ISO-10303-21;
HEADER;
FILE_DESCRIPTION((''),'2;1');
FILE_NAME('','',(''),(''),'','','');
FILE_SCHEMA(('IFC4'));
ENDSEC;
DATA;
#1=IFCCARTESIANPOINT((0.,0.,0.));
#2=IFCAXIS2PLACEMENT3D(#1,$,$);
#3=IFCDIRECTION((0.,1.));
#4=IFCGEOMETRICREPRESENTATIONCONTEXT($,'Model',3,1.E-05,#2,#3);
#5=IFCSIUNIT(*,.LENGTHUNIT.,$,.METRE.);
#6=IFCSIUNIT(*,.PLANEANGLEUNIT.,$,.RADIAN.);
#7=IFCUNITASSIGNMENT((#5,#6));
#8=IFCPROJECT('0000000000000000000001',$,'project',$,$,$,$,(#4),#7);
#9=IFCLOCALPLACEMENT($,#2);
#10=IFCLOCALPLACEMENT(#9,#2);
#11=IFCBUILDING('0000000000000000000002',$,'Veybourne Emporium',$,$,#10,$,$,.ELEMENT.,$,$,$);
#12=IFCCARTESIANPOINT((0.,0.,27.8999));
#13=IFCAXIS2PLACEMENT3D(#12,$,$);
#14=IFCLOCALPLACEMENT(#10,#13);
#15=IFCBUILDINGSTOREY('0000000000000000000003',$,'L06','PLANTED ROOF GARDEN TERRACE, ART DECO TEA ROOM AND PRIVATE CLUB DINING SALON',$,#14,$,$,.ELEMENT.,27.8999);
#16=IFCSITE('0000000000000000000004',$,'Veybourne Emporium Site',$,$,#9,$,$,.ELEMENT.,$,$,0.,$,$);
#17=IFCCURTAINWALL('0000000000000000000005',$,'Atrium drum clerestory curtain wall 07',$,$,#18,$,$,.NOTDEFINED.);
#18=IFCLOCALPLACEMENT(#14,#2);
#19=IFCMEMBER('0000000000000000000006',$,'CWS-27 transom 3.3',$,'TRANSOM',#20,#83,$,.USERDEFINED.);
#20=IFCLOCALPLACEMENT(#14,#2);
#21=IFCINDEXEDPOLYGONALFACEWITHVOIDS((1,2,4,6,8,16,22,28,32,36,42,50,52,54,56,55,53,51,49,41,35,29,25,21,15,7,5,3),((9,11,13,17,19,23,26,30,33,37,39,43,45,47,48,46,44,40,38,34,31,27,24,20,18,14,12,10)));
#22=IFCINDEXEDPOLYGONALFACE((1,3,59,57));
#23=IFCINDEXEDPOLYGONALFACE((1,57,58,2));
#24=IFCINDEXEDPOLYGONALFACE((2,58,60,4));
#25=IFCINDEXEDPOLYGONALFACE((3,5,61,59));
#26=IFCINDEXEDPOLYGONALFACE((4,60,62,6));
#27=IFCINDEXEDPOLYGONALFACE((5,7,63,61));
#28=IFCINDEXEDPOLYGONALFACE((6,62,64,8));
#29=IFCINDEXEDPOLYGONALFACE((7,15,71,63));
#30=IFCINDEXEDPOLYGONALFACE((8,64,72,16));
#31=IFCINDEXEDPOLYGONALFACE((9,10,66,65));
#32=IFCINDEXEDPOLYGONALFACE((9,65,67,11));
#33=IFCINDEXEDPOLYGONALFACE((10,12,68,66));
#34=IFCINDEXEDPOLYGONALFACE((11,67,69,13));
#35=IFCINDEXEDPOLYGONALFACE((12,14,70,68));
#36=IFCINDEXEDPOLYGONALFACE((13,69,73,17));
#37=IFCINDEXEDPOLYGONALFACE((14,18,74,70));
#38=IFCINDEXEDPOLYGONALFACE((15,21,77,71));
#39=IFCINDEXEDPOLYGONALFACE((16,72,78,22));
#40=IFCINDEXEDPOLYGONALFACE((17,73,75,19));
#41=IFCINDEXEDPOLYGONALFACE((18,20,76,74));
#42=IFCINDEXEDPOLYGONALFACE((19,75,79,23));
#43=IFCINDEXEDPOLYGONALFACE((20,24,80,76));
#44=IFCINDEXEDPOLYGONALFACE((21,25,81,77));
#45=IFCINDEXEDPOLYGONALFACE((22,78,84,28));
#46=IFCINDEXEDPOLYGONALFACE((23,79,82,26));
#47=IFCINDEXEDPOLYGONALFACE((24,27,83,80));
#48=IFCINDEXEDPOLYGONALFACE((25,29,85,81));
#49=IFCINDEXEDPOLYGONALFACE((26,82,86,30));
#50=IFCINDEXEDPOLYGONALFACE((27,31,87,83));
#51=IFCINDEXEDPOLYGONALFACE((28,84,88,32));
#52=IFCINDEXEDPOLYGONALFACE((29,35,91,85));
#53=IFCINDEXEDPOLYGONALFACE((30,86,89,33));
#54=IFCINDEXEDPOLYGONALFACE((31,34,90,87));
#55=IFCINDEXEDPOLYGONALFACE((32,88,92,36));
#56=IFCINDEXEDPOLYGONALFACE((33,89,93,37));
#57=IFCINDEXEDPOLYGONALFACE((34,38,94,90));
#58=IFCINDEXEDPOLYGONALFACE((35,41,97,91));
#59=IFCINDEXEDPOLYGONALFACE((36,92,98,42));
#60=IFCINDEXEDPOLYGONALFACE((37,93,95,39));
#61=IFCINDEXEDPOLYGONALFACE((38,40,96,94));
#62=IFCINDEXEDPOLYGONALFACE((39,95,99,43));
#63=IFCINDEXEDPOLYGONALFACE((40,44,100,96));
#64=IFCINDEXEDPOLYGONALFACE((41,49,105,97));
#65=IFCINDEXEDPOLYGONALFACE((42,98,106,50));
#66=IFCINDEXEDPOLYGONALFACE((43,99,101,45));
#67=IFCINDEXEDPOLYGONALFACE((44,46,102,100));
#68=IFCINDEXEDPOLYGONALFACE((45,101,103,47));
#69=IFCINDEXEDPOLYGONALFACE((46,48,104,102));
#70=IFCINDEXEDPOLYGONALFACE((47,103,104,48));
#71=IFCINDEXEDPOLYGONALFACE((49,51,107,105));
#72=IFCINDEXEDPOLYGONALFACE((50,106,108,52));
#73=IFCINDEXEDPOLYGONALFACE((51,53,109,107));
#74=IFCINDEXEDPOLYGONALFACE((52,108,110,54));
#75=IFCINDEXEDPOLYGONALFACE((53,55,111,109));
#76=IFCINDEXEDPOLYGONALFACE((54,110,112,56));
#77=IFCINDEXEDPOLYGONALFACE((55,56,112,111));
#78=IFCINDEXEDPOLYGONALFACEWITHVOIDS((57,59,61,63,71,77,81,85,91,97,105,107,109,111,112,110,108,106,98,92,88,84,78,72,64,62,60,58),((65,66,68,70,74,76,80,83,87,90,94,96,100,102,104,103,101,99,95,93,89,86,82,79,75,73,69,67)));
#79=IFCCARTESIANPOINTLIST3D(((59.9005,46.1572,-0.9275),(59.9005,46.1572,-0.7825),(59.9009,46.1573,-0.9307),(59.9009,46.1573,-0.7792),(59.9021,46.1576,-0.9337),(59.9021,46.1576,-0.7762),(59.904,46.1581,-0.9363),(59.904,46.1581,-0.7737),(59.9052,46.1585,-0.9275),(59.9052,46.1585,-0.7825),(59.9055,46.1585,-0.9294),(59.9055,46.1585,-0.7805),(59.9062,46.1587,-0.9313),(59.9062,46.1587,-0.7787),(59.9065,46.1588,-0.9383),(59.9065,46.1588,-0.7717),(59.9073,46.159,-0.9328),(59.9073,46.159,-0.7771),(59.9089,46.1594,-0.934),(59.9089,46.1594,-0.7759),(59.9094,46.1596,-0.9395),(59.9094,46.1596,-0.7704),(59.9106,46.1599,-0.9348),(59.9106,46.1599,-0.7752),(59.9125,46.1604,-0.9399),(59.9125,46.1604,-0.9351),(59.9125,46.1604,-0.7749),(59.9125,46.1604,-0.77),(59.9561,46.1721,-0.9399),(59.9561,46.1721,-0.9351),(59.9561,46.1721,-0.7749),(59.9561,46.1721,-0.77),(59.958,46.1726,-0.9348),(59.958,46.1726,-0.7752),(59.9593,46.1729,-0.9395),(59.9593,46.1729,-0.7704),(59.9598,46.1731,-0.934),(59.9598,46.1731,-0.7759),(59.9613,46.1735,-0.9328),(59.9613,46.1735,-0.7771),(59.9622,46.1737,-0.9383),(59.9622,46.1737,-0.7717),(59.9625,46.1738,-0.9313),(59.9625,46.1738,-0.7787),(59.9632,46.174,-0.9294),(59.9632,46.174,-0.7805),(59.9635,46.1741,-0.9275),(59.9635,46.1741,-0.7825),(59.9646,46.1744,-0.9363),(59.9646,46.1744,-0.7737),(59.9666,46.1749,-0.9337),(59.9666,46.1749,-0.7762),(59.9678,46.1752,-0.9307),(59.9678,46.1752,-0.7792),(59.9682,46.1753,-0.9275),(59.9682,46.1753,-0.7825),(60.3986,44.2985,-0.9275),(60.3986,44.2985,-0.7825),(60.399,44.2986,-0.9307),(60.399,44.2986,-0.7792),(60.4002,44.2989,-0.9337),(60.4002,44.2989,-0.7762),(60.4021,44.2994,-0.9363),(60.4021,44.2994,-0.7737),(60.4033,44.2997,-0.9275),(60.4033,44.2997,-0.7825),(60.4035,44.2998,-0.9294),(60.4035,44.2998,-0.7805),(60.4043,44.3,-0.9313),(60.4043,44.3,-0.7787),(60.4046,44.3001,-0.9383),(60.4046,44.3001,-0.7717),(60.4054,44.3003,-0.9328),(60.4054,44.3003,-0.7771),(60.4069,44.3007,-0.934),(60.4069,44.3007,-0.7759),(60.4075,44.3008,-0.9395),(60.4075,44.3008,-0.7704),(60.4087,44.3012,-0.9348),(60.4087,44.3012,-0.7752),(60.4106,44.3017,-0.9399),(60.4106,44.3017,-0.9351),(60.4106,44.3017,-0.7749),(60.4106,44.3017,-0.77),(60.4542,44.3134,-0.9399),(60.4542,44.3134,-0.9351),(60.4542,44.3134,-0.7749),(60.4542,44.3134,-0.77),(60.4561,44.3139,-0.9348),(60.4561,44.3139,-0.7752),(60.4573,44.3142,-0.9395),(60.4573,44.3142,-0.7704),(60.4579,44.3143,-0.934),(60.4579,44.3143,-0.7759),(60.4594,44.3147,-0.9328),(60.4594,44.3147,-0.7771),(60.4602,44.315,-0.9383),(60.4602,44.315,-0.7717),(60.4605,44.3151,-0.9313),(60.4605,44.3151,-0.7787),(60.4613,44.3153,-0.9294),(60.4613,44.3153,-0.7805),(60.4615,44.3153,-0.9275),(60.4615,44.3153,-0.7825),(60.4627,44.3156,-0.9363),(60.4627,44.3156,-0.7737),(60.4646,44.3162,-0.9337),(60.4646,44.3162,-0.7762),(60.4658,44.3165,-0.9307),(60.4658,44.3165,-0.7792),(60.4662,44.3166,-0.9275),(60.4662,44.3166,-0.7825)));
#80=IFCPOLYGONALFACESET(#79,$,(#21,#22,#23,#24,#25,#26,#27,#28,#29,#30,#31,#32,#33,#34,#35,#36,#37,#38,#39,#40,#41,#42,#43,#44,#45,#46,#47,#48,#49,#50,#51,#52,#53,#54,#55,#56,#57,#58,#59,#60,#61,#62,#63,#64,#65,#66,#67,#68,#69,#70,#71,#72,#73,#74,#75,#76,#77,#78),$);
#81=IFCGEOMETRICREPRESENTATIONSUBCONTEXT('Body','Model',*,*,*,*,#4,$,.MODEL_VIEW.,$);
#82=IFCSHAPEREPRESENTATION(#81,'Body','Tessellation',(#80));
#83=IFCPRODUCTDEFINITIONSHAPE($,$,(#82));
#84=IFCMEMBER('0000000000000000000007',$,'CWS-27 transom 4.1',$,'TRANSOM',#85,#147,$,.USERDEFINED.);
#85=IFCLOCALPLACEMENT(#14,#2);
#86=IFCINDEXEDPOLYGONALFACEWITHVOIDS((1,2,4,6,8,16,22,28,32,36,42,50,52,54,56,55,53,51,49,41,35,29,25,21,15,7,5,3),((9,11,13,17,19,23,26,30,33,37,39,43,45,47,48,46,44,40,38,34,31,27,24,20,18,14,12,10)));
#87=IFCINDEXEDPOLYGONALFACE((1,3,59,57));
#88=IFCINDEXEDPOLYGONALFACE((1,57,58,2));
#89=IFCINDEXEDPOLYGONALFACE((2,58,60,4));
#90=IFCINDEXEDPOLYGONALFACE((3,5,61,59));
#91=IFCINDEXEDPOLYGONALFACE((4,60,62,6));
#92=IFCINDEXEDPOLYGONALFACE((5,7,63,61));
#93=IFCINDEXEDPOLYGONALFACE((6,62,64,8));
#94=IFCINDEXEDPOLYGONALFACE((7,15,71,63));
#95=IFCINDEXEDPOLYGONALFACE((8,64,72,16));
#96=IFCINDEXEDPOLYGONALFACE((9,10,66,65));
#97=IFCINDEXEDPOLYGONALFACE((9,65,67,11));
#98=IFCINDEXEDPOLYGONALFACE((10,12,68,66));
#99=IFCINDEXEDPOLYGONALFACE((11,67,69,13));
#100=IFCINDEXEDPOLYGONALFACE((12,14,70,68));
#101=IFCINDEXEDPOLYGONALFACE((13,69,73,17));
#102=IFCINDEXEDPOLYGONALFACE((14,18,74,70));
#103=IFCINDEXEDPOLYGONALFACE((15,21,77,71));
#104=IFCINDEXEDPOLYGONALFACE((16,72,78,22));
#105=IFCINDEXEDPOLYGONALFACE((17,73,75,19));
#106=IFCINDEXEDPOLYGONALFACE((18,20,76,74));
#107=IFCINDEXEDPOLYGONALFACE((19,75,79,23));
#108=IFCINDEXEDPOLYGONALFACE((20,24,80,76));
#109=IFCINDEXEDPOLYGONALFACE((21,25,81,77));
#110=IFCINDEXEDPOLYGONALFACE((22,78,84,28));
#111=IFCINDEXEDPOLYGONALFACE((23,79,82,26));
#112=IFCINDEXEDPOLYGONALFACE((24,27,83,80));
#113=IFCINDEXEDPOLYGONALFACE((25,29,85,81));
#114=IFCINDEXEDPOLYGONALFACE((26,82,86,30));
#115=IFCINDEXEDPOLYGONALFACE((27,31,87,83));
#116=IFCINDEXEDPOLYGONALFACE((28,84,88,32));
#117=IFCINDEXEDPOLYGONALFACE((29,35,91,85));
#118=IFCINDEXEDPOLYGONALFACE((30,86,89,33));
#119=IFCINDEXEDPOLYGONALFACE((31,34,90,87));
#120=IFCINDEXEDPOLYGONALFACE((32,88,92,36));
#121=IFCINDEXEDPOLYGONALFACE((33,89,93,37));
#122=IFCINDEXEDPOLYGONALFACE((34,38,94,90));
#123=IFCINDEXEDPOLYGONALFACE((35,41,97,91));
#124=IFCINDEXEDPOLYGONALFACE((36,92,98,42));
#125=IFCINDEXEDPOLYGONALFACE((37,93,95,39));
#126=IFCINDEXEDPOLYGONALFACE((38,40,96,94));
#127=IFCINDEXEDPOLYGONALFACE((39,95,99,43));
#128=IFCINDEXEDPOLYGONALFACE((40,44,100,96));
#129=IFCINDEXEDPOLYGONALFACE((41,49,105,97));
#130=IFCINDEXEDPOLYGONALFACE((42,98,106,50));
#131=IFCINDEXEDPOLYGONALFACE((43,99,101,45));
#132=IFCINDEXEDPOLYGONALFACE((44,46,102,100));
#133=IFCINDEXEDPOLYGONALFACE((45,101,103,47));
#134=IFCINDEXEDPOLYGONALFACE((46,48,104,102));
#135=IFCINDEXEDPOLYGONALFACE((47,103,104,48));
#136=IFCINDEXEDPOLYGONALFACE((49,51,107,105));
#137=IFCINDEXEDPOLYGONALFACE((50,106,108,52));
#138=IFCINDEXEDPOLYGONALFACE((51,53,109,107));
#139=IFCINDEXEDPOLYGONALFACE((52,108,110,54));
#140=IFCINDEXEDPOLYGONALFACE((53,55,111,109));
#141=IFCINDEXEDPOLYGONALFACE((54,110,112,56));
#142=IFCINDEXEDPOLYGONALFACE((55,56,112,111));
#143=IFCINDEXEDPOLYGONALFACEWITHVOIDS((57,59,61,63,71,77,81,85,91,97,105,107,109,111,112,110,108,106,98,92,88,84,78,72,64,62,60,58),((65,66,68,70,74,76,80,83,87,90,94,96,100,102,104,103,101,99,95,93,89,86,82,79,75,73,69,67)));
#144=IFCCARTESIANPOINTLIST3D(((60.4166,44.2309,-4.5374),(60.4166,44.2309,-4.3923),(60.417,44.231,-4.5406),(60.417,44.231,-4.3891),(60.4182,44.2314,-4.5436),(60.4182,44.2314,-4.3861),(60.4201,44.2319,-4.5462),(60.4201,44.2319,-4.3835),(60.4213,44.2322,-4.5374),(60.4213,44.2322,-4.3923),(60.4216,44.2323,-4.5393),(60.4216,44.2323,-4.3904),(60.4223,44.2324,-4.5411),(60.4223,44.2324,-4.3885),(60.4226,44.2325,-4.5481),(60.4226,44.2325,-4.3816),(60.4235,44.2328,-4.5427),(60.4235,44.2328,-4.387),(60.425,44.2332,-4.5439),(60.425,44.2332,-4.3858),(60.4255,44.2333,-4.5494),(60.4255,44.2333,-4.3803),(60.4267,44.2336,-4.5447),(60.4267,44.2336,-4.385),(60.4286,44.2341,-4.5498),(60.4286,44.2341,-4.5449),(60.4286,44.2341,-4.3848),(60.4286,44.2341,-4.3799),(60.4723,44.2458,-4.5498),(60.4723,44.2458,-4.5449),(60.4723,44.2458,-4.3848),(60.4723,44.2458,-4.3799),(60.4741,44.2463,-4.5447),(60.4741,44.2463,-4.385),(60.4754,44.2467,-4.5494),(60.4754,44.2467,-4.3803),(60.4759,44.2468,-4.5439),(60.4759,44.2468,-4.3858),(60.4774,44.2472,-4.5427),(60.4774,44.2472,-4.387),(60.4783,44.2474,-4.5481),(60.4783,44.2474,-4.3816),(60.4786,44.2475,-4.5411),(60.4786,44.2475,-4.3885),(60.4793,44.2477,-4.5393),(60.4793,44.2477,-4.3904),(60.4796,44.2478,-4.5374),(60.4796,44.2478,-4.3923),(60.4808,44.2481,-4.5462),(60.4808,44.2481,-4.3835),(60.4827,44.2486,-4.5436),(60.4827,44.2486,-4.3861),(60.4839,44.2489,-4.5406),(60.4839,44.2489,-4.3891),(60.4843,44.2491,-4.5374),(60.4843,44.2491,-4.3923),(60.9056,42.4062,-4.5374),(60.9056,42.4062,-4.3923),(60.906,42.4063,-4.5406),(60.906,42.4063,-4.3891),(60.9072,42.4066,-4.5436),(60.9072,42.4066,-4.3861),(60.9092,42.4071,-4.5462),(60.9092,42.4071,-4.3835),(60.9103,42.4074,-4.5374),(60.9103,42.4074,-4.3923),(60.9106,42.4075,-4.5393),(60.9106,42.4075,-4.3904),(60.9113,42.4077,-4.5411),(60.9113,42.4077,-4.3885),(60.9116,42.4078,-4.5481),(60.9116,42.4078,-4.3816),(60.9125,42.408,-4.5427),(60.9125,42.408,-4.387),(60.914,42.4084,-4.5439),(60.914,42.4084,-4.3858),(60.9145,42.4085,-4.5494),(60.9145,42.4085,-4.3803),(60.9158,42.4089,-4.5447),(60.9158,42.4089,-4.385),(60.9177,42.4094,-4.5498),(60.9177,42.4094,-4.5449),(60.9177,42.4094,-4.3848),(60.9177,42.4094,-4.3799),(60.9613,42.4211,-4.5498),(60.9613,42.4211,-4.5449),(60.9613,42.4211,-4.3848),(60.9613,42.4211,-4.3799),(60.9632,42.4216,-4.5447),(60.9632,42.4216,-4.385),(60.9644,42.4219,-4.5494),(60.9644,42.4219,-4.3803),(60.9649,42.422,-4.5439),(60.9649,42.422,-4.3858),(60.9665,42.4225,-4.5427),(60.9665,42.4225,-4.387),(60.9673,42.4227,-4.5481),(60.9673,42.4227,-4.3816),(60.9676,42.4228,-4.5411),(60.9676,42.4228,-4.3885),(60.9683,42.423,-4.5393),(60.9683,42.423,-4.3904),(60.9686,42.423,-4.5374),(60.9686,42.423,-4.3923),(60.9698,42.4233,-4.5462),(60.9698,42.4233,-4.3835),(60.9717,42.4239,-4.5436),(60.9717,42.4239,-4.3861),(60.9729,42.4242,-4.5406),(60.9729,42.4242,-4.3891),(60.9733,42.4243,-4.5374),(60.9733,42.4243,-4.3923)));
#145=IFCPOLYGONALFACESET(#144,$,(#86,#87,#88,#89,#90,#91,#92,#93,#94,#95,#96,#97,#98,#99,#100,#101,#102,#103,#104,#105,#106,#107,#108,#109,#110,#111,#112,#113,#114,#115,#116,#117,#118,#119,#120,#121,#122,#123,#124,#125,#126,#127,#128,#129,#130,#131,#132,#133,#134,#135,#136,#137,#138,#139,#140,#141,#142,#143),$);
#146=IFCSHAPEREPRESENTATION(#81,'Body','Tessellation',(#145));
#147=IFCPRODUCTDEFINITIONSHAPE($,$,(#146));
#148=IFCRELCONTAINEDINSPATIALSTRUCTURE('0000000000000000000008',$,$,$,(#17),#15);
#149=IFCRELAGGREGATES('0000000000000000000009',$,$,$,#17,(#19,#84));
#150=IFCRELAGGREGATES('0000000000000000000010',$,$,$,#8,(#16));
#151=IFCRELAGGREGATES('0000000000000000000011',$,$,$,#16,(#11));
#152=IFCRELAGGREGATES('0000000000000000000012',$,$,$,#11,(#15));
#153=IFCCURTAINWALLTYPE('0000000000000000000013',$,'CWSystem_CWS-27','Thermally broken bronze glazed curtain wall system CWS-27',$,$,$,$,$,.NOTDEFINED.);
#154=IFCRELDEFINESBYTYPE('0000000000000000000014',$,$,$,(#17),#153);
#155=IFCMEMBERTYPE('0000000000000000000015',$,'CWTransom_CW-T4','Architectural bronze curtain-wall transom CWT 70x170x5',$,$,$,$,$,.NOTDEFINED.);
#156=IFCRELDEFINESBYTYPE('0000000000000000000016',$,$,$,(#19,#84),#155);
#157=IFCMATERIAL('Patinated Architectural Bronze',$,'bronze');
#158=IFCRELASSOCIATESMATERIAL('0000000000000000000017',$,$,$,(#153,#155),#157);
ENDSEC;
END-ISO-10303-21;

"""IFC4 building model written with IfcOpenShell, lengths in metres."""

from ifc_helpers import new_model, si_unit, direction, frame, origin, origin_2d, place, context, subcontext, project, spatial, hollow_rectangle, extrude, material, material_profile, profile_set, type_object, element, aggregate, save


model = new_model("IFC4")

# Units and contexts
model_context = context("Model", 3, precision=1e-05, world=origin(), true_north=direction((0.0, 1.0)))
body_context = subcontext(model_context, "Body", "Model", "MODEL_VIEW")
ifc_project = project(units=[si_unit("LENGTHUNIT", "METRE"), si_unit("PLANEANGLEUNIT", "RADIAN")], contexts=[model_context])

# Site, building, storey
site_placement = place(None, origin())
site = spatial("IfcSite", under=ifc_project, at=site_placement, Name="Veybourne Emporium Site", CompositionType="ELEMENT", RefElevation=0.0)
building_placement = place(site_placement, origin())
building = spatial("IfcBuilding", under=site, at=building_placement, Name="Veybourne Emporium", CompositionType="ELEMENT")
storey_placement = place(building_placement, frame((0.0, 0.0, 27.8999)))
storey = spatial("IfcBuildingStorey", under=building, at=storey_placement, Name="L06", Description="PLANTED ROOF GARDEN TERRACE, ART DECO TEA ROOM AND PRIVATE CLUB DINING SALON", CompositionType="ELEMENT", Elevation=27.8999)

# Curtain wall
ifc_material_1 = material(Name="Patinated Architectural Bronze", Category="bronze")
curtain_wall_type_1 = type_object("IfcCurtainWallType", Name="CWSystem_CWS-27", Description="Thermally broken bronze glazed curtain wall system CWS-27", PredefinedType="NOTDEFINED", material=ifc_material_1)
curtain_wall_1_placement = place(storey_placement, origin())
curtain_wall_1 = element("IfcCurtainWall", 1, at=curtain_wall_1_placement, inside=storey, type_object=curtain_wall_type_1, Name="Atrium drum clerestory curtain wall 07", PredefinedType="NOTDEFINED")

# Members
ifc_material_profile_1 = material_profile(ifc_material_1, hollow_rectangle(XDim=0.0701, YDim=0.1699, WallThickness=0.0049, InnerFilletRadius=0.0076, OuterFilletRadius=0.0125, at=origin_2d()), Name="CWT 70x170x5")
ifc_profile_set_1 = profile_set([ifc_material_profile_1], Name="Patinated Architectural Bronze")
member_type_1 = type_object("IfcMemberType", Name="CWTransom_CW-T4", Description="Architectural bronze curtain-wall transom CWT 70x170x5", PredefinedType="NOTDEFINED", material=ifc_profile_set_1)
member_1_placement = place(storey_placement, frame((59.9343, 46.1663, -0.855), z_axis=(0.258831, -0.965923, 0.0), x_axis=(0.965923, 0.258831, 0.0)))
member_1 = element("IfcMember", 2, at=member_1_placement, type_object=member_type_1, Name="CWS-27 transom 3.3", ObjectType="TRANSOM", PredefinedType="USERDEFINED", context=body_context, shape_type="SweptSolid", body=[
    extrude(hollow_rectangle(XDim=0.0701, YDim=0.1699, WallThickness=0.0049, InnerFilletRadius=0.0076, OuterFilletRadius=0.0125, at=origin_2d()), origin(), (0.0, 0.0, 1.0), 1.9243),
])
member_2_placement = place(storey_placement, frame((60.4504, 44.24, -4.4648), z_axis=(0.258861, -0.965915, 0.0), x_axis=(0.965915, 0.258861, 0.0)))
member_2 = element("IfcMember", 3, at=member_2_placement, type_object=member_type_1, Name="CWS-27 transom 4.1", ObjectType="TRANSOM", PredefinedType="USERDEFINED", context=body_context, shape_type="SweptSolid", body=[
    extrude(hollow_rectangle(XDim=0.0701, YDim=0.1699, WallThickness=0.0049, InnerFilletRadius=0.0076, OuterFilletRadius=0.0125, at=origin_2d()), origin(), (0.0, 0.0, 1.0), 1.8892),
])

aggregate(curtain_wall_1, [member_1, member_2])

save(model, "model.ifc")
